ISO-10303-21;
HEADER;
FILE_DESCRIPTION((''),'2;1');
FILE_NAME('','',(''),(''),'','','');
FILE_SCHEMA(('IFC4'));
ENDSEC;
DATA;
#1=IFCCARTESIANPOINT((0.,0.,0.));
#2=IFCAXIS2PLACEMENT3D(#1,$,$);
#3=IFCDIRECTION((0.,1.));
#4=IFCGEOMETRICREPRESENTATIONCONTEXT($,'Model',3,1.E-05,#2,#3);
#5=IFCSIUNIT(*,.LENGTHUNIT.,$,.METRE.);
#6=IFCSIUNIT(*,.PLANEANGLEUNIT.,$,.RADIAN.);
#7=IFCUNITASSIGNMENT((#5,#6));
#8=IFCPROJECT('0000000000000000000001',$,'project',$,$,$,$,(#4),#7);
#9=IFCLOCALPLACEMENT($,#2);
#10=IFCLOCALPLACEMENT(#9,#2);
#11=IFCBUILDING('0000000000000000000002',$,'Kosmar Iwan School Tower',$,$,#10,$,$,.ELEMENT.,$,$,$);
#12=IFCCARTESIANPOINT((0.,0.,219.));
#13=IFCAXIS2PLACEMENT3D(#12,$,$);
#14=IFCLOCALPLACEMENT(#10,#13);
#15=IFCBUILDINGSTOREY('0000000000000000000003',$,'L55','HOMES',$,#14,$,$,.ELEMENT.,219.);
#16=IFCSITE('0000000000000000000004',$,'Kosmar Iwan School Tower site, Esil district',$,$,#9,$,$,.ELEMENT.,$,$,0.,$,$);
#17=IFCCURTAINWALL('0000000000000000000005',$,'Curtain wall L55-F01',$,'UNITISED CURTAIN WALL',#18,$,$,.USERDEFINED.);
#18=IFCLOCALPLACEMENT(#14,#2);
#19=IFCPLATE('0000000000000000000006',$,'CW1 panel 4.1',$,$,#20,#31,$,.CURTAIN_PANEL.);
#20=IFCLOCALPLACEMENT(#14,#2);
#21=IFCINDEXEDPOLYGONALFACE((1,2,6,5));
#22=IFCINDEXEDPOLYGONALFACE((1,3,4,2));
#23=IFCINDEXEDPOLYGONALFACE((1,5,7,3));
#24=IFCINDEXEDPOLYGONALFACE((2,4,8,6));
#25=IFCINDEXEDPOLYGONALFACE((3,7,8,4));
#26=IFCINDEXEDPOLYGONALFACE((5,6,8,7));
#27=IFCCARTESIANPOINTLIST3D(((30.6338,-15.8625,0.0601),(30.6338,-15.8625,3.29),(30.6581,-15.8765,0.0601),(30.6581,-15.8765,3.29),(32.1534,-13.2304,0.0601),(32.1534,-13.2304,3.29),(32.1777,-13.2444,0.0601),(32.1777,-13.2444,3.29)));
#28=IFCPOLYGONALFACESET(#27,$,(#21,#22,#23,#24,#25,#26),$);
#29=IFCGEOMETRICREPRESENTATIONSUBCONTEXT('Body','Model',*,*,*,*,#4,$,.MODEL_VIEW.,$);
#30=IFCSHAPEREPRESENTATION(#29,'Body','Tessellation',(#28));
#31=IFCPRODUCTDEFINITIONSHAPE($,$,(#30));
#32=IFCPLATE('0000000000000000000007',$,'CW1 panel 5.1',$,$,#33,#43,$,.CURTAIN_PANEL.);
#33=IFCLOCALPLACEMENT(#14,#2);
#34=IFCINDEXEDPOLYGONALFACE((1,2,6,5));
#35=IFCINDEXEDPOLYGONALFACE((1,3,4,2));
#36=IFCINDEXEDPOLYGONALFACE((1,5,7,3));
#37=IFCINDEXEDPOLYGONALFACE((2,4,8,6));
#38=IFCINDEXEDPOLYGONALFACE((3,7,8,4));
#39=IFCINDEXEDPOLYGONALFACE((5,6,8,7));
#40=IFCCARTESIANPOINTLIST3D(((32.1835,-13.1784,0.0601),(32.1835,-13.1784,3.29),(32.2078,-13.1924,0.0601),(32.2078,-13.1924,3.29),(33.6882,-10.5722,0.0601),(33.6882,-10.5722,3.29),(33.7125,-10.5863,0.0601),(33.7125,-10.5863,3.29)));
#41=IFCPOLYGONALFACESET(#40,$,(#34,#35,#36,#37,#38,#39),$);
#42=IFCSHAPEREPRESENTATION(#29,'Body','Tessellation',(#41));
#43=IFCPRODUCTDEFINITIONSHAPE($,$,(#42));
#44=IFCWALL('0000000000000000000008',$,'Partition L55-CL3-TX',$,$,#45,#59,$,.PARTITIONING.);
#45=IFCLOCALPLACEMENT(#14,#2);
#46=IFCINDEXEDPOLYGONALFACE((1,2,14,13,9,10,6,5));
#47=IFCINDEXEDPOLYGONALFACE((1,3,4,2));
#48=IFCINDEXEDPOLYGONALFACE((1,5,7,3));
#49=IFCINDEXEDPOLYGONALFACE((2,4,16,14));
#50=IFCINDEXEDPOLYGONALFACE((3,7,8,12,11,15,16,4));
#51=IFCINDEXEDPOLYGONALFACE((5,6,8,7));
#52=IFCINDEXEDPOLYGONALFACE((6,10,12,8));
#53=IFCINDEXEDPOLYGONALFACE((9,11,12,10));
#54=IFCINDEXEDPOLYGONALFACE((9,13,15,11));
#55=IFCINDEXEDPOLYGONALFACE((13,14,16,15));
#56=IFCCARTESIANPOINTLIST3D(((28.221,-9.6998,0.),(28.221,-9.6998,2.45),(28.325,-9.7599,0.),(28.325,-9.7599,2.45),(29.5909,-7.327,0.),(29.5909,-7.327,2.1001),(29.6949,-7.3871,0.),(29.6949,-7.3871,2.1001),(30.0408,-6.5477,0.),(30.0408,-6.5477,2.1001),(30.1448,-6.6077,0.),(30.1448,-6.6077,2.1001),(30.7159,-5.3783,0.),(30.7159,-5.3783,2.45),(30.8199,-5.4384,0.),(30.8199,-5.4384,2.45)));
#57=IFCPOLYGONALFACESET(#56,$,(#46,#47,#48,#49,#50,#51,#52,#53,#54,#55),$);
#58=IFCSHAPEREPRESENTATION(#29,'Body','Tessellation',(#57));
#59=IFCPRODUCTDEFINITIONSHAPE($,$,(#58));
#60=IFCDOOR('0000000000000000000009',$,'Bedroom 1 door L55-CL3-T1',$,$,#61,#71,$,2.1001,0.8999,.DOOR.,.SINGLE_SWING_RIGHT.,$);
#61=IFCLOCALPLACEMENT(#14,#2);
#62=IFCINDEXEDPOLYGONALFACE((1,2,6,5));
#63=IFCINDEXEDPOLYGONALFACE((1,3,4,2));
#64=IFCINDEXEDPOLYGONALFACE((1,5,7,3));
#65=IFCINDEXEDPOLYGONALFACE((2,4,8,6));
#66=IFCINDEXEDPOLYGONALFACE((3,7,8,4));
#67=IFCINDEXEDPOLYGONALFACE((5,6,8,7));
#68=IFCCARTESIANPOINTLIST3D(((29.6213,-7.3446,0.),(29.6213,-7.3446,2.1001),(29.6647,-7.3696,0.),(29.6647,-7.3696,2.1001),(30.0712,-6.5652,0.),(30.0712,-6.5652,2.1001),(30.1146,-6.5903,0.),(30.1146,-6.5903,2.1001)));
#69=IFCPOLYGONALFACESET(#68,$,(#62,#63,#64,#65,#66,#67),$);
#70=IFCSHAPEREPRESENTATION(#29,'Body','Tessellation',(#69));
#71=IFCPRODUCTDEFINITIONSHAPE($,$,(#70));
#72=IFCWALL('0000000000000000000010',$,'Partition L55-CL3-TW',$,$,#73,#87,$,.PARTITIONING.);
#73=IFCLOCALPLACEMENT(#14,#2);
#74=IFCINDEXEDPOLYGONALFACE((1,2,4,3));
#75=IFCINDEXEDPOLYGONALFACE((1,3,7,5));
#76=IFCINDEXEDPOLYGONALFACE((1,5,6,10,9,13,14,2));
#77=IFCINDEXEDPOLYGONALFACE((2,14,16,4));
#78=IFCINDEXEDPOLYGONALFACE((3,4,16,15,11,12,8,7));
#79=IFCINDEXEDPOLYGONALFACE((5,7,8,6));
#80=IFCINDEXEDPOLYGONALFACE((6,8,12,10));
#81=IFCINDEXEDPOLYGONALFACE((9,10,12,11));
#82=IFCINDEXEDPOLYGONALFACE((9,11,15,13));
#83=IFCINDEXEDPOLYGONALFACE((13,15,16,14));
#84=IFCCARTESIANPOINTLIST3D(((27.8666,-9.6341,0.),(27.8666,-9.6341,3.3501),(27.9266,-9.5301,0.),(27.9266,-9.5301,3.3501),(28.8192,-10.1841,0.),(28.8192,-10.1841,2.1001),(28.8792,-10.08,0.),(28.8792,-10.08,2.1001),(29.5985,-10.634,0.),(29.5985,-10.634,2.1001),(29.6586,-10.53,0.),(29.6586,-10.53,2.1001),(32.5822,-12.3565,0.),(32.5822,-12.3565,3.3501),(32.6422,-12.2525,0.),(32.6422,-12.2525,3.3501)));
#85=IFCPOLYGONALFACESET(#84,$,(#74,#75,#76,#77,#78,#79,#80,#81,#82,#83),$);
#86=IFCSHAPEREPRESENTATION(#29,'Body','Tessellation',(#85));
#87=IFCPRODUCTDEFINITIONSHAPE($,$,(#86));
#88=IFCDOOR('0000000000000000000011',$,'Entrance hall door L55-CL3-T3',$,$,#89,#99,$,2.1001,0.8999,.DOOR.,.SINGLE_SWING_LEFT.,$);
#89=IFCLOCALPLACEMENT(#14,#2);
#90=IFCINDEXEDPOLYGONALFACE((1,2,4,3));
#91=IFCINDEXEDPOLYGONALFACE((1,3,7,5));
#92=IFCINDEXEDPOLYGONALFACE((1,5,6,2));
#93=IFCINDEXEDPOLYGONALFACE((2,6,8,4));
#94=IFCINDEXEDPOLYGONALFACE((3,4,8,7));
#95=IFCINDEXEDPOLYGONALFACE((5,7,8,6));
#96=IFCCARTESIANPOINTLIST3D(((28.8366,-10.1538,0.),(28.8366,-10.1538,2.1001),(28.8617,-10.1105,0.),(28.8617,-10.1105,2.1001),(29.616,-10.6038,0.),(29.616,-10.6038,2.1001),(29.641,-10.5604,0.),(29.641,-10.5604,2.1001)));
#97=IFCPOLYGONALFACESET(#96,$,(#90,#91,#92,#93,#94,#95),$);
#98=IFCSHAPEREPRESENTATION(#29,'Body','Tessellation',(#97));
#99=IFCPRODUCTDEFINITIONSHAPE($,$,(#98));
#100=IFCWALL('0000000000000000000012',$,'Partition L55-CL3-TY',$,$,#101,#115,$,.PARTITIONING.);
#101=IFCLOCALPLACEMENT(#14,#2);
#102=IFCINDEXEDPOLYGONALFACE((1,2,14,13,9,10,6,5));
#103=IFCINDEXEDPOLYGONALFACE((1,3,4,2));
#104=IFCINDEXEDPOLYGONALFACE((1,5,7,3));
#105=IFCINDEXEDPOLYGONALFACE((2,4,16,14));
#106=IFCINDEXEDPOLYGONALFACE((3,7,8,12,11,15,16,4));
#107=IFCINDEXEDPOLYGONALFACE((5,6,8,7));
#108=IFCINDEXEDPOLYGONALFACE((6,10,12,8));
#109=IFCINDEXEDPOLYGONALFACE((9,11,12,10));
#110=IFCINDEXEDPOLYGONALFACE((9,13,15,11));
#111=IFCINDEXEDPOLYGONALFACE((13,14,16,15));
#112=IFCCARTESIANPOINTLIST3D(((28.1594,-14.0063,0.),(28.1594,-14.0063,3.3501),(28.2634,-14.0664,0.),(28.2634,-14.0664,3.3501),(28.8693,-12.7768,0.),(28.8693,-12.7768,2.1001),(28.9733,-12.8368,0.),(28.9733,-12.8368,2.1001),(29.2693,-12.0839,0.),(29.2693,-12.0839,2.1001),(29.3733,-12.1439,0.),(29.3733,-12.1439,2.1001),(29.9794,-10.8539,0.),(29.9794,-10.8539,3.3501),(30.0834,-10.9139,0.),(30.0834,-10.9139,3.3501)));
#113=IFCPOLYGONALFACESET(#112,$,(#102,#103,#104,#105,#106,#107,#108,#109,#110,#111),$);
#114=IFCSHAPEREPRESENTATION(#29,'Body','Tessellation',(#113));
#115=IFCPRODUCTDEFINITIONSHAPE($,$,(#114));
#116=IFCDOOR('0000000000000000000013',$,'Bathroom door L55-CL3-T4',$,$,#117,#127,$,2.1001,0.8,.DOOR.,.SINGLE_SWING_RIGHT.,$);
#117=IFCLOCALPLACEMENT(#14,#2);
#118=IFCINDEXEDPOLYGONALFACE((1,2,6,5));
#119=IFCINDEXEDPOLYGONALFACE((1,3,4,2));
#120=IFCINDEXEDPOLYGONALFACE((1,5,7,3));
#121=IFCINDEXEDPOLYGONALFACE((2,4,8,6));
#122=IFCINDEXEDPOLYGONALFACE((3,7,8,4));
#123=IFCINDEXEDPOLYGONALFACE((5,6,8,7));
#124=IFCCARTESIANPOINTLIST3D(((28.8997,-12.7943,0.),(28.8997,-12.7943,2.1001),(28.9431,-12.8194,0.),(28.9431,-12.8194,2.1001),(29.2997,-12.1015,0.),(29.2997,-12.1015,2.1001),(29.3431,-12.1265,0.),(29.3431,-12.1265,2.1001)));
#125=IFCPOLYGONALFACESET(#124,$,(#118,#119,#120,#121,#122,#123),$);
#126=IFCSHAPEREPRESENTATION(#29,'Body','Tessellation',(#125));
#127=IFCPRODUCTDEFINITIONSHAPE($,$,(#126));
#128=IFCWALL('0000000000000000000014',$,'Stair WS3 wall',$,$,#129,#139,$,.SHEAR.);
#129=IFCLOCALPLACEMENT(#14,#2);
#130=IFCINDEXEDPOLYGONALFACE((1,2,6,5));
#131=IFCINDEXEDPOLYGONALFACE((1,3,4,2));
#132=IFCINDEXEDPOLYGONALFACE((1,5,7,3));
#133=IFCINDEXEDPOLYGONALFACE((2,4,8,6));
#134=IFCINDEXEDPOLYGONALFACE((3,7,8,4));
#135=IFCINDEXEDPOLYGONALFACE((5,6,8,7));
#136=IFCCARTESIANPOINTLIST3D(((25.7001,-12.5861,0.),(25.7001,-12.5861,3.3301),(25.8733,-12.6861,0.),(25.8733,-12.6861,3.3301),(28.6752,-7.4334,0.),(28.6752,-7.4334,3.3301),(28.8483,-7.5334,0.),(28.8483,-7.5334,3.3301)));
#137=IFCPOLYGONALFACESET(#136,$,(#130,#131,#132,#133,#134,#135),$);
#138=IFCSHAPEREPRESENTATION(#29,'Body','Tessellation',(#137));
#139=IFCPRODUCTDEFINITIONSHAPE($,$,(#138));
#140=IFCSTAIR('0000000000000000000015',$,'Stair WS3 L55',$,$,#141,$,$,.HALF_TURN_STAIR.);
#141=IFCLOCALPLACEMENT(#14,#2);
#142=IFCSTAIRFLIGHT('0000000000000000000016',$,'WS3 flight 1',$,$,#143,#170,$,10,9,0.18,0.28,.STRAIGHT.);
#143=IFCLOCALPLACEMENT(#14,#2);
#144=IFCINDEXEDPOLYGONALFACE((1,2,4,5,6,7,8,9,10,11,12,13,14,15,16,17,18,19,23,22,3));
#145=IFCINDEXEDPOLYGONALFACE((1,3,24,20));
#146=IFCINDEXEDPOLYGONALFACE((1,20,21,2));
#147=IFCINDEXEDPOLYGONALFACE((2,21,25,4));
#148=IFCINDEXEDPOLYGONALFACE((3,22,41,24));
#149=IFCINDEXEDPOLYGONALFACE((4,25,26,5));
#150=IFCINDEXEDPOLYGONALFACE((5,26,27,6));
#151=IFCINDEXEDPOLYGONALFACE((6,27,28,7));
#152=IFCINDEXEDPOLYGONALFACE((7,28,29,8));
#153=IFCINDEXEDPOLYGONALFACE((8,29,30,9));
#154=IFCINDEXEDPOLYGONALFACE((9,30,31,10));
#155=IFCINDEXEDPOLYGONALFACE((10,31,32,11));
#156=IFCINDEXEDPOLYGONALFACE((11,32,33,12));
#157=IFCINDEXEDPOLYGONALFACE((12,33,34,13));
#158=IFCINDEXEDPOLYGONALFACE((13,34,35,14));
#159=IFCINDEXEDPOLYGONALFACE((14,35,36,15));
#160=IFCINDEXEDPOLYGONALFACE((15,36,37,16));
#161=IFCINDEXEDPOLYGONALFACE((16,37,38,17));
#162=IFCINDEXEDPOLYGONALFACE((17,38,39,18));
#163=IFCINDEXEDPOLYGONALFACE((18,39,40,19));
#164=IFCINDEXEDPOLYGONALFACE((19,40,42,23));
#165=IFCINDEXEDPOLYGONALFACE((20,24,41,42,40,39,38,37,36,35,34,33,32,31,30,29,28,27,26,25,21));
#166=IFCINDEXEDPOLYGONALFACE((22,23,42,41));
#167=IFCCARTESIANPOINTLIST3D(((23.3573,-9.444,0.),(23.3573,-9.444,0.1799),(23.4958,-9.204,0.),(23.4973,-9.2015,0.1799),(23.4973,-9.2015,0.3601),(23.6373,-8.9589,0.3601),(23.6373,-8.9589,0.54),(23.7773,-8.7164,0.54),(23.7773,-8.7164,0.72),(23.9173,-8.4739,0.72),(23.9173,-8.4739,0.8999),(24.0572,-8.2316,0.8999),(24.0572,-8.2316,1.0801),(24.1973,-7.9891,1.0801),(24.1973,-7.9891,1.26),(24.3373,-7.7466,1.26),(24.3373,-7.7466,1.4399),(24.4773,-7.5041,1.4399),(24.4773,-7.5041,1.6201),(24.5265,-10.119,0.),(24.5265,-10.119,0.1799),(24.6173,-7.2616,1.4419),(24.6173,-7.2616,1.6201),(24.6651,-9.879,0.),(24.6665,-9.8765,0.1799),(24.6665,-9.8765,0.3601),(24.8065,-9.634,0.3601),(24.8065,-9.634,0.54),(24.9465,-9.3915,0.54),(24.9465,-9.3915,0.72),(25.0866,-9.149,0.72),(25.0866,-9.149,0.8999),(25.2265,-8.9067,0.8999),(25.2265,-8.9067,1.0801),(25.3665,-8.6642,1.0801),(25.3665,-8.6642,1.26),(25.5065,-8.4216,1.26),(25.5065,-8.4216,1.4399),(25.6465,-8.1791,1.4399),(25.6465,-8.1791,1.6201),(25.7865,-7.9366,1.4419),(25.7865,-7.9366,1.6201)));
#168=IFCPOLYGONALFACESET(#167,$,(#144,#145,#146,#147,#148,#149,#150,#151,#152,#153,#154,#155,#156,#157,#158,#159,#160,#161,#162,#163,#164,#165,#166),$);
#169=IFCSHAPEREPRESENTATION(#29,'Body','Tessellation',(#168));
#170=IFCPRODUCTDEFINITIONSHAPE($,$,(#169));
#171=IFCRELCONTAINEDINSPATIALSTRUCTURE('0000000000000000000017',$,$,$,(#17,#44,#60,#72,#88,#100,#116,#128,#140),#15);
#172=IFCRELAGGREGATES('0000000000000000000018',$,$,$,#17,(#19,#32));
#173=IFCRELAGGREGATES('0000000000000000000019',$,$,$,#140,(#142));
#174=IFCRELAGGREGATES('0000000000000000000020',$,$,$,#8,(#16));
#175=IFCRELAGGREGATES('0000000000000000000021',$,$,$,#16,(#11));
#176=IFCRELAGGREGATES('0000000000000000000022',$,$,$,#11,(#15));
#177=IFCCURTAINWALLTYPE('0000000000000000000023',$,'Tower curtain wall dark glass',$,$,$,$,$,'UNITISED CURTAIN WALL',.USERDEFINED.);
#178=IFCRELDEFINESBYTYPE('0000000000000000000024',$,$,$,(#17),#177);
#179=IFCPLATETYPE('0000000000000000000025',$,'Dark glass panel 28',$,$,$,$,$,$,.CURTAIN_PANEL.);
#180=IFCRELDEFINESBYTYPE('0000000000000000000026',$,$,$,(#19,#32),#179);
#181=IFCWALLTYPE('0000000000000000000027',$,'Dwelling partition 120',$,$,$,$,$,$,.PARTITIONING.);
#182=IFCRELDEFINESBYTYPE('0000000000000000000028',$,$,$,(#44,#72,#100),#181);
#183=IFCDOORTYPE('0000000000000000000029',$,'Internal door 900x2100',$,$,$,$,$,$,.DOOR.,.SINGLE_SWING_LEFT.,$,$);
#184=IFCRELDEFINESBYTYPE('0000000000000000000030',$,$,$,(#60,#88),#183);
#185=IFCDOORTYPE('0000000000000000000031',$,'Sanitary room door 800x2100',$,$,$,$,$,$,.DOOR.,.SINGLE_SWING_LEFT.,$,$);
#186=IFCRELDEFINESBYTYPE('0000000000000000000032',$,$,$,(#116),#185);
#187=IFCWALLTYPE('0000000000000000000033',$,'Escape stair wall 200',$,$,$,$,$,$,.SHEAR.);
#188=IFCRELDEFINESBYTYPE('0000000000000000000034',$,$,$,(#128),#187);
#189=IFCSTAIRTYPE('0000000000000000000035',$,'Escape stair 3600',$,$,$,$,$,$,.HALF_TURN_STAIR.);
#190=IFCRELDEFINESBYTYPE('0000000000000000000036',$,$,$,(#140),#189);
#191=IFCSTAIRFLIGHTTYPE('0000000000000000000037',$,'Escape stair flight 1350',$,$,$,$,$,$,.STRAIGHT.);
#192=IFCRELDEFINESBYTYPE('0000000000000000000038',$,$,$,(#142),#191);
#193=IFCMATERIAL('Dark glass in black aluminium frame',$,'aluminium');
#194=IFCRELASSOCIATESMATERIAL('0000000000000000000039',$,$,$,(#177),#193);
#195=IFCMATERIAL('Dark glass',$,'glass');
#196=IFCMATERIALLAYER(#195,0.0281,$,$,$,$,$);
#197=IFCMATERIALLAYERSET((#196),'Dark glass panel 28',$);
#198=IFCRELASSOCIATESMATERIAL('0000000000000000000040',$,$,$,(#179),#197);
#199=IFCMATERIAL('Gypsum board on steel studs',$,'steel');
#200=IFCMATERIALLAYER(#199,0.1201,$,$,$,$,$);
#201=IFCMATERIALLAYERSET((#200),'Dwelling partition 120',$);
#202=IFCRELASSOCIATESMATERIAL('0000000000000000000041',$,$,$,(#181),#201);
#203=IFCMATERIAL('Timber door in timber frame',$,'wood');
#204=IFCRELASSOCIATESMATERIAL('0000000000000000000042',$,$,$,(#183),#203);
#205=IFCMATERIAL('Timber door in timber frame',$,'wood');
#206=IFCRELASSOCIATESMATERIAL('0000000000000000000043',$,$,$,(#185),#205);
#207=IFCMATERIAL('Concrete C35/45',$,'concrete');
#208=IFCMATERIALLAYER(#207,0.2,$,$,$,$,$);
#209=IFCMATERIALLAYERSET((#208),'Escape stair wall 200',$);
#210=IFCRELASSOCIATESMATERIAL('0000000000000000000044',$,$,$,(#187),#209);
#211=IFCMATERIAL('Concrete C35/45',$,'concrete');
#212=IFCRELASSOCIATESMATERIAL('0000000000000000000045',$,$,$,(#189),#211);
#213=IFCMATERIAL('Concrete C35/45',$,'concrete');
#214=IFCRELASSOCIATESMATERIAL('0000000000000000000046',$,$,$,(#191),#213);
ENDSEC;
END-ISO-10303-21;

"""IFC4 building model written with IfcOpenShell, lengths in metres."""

from ifc_helpers import new_model, si_unit, direction, frame, frame_2d, origin, origin_2d, place, context, subcontext, project, spatial, polyline, rectangle, outline, extrude, material, layer, layer_set, type_object, element, fill, aggregate, save


model = new_model("IFC4")

# Units and contexts
model_context = context("Model", 3, precision=1e-05, world=origin(), true_north=direction((0.0, 1.0)))
body_context = subcontext(model_context, "Body", "Model", "MODEL_VIEW")
ifc_project = project(units=[si_unit("LENGTHUNIT", "METRE"), si_unit("PLANEANGLEUNIT", "RADIAN")], contexts=[model_context])

# Site, building, storey
site_placement = place(None, origin())
site = spatial("IfcSite", under=ifc_project, at=site_placement, Name="Kosmar Iwan School Tower site, Esil district", CompositionType="ELEMENT", RefElevation=0.0)
building_placement = place(site_placement, origin())
building = spatial("IfcBuilding", under=site, at=building_placement, Name="Kosmar Iwan School Tower", CompositionType="ELEMENT")
storey_placement = place(building_placement, frame((0.0, 0.0, 219.0)))
storey = spatial("IfcBuildingStorey", under=building, at=storey_placement, Name="L55", Description="HOMES", CompositionType="ELEMENT", Elevation=219.0)

# Curtain wall
ifc_material_1 = material(Name="Dark glass in black aluminium frame", Category="aluminium")
curtain_wall_type_1 = type_object("IfcCurtainWallType", Name="Tower curtain wall dark glass", ElementType="UNITISED CURTAIN WALL", PredefinedType="USERDEFINED", material=ifc_material_1)
curtain_wall_1_placement = place(storey_placement, origin())
curtain_wall_1 = element("IfcCurtainWall", 1, at=curtain_wall_1_placement, inside=storey, type_object=curtain_wall_type_1, Name="Curtain wall L55-F01", ObjectType="UNITISED CURTAIN WALL", PredefinedType="USERDEFINED")

# Plates
ifc_material_2 = material(Name="Dark glass", Category="glass")
ifc_layer_1 = layer(ifc_material_2, 0.0281)
ifc_layer_set_1 = layer_set([ifc_layer_1], Name="Dark glass panel 28")
plate_type = type_object("IfcPlateType", Name="Dark glass panel 28", PredefinedType="CURTAIN_PANEL", material=ifc_layer_set_1)
plate_1_placement = place(storey_placement, frame((31.4058, -14.5535, 0.0601), z_axis=(0.0, 0.0, 1.0), x_axis=(0.5, 0.866025, 0.0)))
plate_1 = element("IfcPlate", 2, at=plate_1_placement, type_object=plate_type, Name="CW1 panel 4.1", PredefinedType="CURTAIN_PANEL", context=body_context, shape_type="SweptSolid", body=[
    extrude(rectangle(XDim=3.0393, YDim=0.0281, at=origin_2d()), origin(), (0.0, 0.0, 1.0), 3.23),
])
plate_2_placement = place(storey_placement, frame((32.948, -11.8823, 0.0601), z_axis=(0.0, 0.0, 1.0), x_axis=(0.5, 0.866025, 0.0)))
plate_2 = element("IfcPlate", 3, at=plate_2_placement, type_object=plate_type, Name="CW1 panel 5.1", PredefinedType="CURTAIN_PANEL", context=body_context, shape_type="SweptSolid", body=[
    extrude(rectangle(XDim=3.0093, YDim=0.0281, at=origin_2d()), origin(), (0.0, 0.0, 1.0), 3.23),
])
aggregate(curtain_wall_1, [plate_1, plate_2])

# Walls, openings, doors
ifc_material_3 = material(Name="Gypsum board on steel studs", Category="steel")
ifc_layer_2 = layer(ifc_material_3, 0.1201)
ifc_layer_set_2 = layer_set([ifc_layer_2], Name="Dwelling partition 120")
wall_type_1 = type_object("IfcWallType", Name="Dwelling partition 120", PredefinedType="PARTITIONING", material=ifc_layer_set_2)
wall_1_placement = place(storey_placement, frame((28.2729, -9.73, 0.0), z_axis=(0.0, 0.0, 1.0), x_axis=(0.499975, 0.86604, 0.0)))
wall_1 = element("IfcWall", 4, at=wall_1_placement, inside=storey, type_object=wall_type_1, Name="Partition L55-CL3-TX", PredefinedType="PARTITIONING", context=body_context, shape_type="SweptSolid", body=[
    extrude(rectangle(XDim=4.99, YDim=0.1201, at=frame_2d((2.4951, 0.0))), origin(), (0.0, 0.0, 1.0), 2.45),
])
opening_1_placement = place(wall_1_placement, frame((2.74, 0.0, 0.0)))
opening_1 = element("IfcOpeningElement", 5, at=opening_1_placement, cuts=wall_1, PredefinedType="OPENING", context=body_context, shape_type="SweptSolid", body=[
    extrude(rectangle(XDim=0.8999, YDim=2.1001, at=frame_2d((0.45, 1.05))), frame((0.0, 0.072, 0.0), z_axis=(0.0, -1.0, 0.0), x_axis=(1.0, 0.0, 0.0)), (0.0, 0.0, 1.0), 0.144),
])
ifc_material_4 = material(Name="Timber door in timber frame", Category="wood")
door_type_1 = type_object("IfcDoorType", Name="Internal door 900x2100", OperationType="SINGLE_SWING_LEFT", PredefinedType="DOOR", material=ifc_material_4)
door_1_placement = place(opening_1_placement, origin())
door_1 = element("IfcDoor", 6, at=door_1_placement, inside=storey, type_object=door_type_1, Name="Bedroom 1 door L55-CL3-T1", OperationType="SINGLE_SWING_RIGHT", OverallHeight=2.1001, OverallWidth=0.8999, PredefinedType="DOOR", context=body_context, shape_type="SweptSolid", body=[
    extrude(rectangle(XDim=0.8999, YDim=2.1001, at=frame_2d((0.45, 1.05))), frame((0.0, 0.0249, 0.0), z_axis=(0.0, -1.0, 0.0), x_axis=(1.0, 0.0, 0.0)), (0.0, 0.0, 1.0), 0.05),
])
fill(opening_1, door_1)
wall_2_placement = place(storey_placement, frame((27.8965, -9.582, 0.0), z_axis=(0.0, 0.0, 1.0), x_axis=(0.866036, -0.499982, 0.0)))
wall_2 = element("IfcWall", 7, at=wall_2_placement, inside=storey, type_object=wall_type_1, Name="Partition L55-CL3-TW", PredefinedType="PARTITIONING", context=body_context, shape_type="SweptSolid", body=[
    extrude(rectangle(XDim=5.4451, YDim=0.1201, at=frame_2d((2.7227, 0.0))), origin(), (0.0, 0.0, 1.0), 3.3501),
])
opening_2_placement = place(wall_2_placement, frame((1.1001, 0.0, 0.0)))
opening_2 = element("IfcOpeningElement", 8, at=opening_2_placement, cuts=wall_2, PredefinedType="OPENING", context=body_context, shape_type="SweptSolid", body=[
    extrude(rectangle(XDim=0.8999, YDim=2.1001, at=frame_2d((0.45, 1.05))), frame((0.0, 0.072, 0.0), z_axis=(0.0, -1.0, 0.0), x_axis=(1.0, 0.0, 0.0)), (0.0, 0.0, 1.0), 0.144),
])
door_2_placement = place(opening_2_placement, origin())
door_2 = element("IfcDoor", 9, at=door_2_placement, inside=storey, type_object=door_type_1, Name="Entrance hall door L55-CL3-T3", OperationType="SINGLE_SWING_LEFT", OverallHeight=2.1001, OverallWidth=0.8999, PredefinedType="DOOR", context=body_context, shape_type="SweptSolid", body=[
    extrude(rectangle(XDim=0.8999, YDim=2.1001, at=frame_2d((0.45, 1.05))), frame((0.0, 0.0249, 0.0), z_axis=(0.0, -1.0, 0.0), x_axis=(1.0, 0.0, 0.0)), (0.0, 0.0, 1.0), 0.05),
])
fill(opening_2, door_2)
wall_3_placement = place(storey_placement, frame((28.2114, -14.0364, 0.0), z_axis=(0.0, 0.0, 1.0), x_axis=(0.499984, 0.866035, 0.0)))
wall_3 = element("IfcWall", 10, at=wall_3_placement, inside=storey, type_object=wall_type_1, Name="Partition L55-CL3-TY", PredefinedType="PARTITIONING", context=body_context, shape_type="SweptSolid", body=[
    extrude(rectangle(XDim=3.6401, YDim=0.1201, at=frame_2d((1.8201, 0.0))), origin(), (0.0, 0.0, 1.0), 3.3501),
])
opening_3_placement = place(wall_3_placement, frame((1.4199, 0.0, 0.0)))
opening_3 = element("IfcOpeningElement", 11, at=opening_3_placement, cuts=wall_3, PredefinedType="OPENING", context=body_context, shape_type="SweptSolid", body=[
    extrude(rectangle(XDim=0.8, YDim=2.1001, at=frame_2d((0.3999, 1.05))), frame((0.0, 0.072, 0.0), z_axis=(0.0, -1.0, 0.0), x_axis=(1.0, 0.0, 0.0)), (0.0, 0.0, 1.0), 0.144),
])
ifc_material_5 = material(Name="Timber door in timber frame", Category="wood")
door_type_2 = type_object("IfcDoorType", Name="Sanitary room door 800x2100", OperationType="SINGLE_SWING_LEFT", PredefinedType="DOOR", material=ifc_material_5)
door_3_placement = place(opening_3_placement, origin())
door_3 = element("IfcDoor", 12, at=door_3_placement, inside=storey, type_object=door_type_2, Name="Bathroom door L55-CL3-T4", OperationType="SINGLE_SWING_RIGHT", OverallHeight=2.1001, OverallWidth=0.8, PredefinedType="DOOR", context=body_context, shape_type="SweptSolid", body=[
    extrude(rectangle(XDim=0.8, YDim=2.1001, at=frame_2d((0.3999, 1.05))), frame((0.0, 0.0249, 0.0), z_axis=(0.0, -1.0, 0.0), x_axis=(1.0, 0.0, 0.0)), (0.0, 0.0, 1.0), 0.05),
])
fill(opening_3, door_3)

# Wall
ifc_material_6 = material(Name="Concrete C35/45", Category="concrete")
ifc_layer_3 = layer(ifc_material_6, 0.2)
ifc_layer_set_3 = layer_set([ifc_layer_3], Name="Escape stair wall 200")
wall_type_2 = type_object("IfcWallType", Name="Escape stair wall 200", PredefinedType="SHEAR", material=ifc_layer_set_3)
wall_4_placement = place(storey_placement, frame((25.7866, -12.6362, 0.0), z_axis=(0.0, 0.0, 1.0), x_axis=(0.500014, 0.866017, 0.0)))
element("IfcWall", 13, at=wall_4_placement, inside=storey, type_object=wall_type_2, Name="Stair WS3 wall", PredefinedType="SHEAR", context=body_context, shape_type="SweptSolid", body=[
    extrude(rectangle(XDim=5.95, YDim=0.2, at=frame_2d((2.9751, 0.0))), origin(), (0.0, 0.0, 1.0), 3.3301),
])

# Stair, stair flight
ifc_material_7 = material(Name="Concrete C35/45", Category="concrete")
stair_type = type_object("IfcStairType", Name="Escape stair 3600", PredefinedType="HALF_TURN_STAIR", material=ifc_material_7)
stair_placement = place(storey_placement, origin())
stair = element("IfcStair", 14, at=stair_placement, inside=storey, type_object=stair_type, Name="Stair WS3 L55", PredefinedType="HALF_TURN_STAIR")
ifc_material_8 = material(Name="Concrete C35/45", Category="concrete")
stair_flight_type = type_object("IfcStairFlightType", Name="Escape stair flight 1350", PredefinedType="STRAIGHT", material=ifc_material_8)
stair_flight_1_placement = place(storey_placement, frame((23.9419, -9.7815, 0.0), z_axis=(0.0, 0.0, 1.0), x_axis=(0.5, 0.866025, 0.0)))
stair_flight_1 = element("IfcStairFlight", 15, at=stair_flight_1_placement, type_object=stair_flight_type, Name="WS3 flight 1", NumberOfRisers=10, NumberOfTreads=9, PredefinedType="STRAIGHT", RiserHeight=0.18, TreadLength=0.28, context=body_context, shape_type="SweptSolid", body=[
    extrude(outline(polyline([(0.0, 0.0), (0.0, 0.1799), (0.28, 0.1799), (0.28, 0.3601), (0.5601, 0.3601), (0.5601, 0.54), (0.8401, 0.54), (0.8401, 0.72), (1.1201, 0.72), (1.1201, 0.8999), (1.3999, 0.8999), (1.3999, 1.0801), (1.6799, 1.0801), (1.6799, 1.26), (1.96, 1.26), (1.96, 1.4399), (2.24, 1.4399), (2.24, 1.6201), (2.52, 1.6201), (2.52, 1.8), (2.52, 1.4419), (0.2771, 0.0), (0.0, 0.0)])), frame((0.0, 0.675, 0.0), z_axis=(0.0, -1.0, 0.0), x_axis=(1.0, 0.0, 0.0)), (0.0, 0.0, 1.0), 1.3501),
])
aggregate(stair, [stair_flight_1])

save(model, "model.ifc")
